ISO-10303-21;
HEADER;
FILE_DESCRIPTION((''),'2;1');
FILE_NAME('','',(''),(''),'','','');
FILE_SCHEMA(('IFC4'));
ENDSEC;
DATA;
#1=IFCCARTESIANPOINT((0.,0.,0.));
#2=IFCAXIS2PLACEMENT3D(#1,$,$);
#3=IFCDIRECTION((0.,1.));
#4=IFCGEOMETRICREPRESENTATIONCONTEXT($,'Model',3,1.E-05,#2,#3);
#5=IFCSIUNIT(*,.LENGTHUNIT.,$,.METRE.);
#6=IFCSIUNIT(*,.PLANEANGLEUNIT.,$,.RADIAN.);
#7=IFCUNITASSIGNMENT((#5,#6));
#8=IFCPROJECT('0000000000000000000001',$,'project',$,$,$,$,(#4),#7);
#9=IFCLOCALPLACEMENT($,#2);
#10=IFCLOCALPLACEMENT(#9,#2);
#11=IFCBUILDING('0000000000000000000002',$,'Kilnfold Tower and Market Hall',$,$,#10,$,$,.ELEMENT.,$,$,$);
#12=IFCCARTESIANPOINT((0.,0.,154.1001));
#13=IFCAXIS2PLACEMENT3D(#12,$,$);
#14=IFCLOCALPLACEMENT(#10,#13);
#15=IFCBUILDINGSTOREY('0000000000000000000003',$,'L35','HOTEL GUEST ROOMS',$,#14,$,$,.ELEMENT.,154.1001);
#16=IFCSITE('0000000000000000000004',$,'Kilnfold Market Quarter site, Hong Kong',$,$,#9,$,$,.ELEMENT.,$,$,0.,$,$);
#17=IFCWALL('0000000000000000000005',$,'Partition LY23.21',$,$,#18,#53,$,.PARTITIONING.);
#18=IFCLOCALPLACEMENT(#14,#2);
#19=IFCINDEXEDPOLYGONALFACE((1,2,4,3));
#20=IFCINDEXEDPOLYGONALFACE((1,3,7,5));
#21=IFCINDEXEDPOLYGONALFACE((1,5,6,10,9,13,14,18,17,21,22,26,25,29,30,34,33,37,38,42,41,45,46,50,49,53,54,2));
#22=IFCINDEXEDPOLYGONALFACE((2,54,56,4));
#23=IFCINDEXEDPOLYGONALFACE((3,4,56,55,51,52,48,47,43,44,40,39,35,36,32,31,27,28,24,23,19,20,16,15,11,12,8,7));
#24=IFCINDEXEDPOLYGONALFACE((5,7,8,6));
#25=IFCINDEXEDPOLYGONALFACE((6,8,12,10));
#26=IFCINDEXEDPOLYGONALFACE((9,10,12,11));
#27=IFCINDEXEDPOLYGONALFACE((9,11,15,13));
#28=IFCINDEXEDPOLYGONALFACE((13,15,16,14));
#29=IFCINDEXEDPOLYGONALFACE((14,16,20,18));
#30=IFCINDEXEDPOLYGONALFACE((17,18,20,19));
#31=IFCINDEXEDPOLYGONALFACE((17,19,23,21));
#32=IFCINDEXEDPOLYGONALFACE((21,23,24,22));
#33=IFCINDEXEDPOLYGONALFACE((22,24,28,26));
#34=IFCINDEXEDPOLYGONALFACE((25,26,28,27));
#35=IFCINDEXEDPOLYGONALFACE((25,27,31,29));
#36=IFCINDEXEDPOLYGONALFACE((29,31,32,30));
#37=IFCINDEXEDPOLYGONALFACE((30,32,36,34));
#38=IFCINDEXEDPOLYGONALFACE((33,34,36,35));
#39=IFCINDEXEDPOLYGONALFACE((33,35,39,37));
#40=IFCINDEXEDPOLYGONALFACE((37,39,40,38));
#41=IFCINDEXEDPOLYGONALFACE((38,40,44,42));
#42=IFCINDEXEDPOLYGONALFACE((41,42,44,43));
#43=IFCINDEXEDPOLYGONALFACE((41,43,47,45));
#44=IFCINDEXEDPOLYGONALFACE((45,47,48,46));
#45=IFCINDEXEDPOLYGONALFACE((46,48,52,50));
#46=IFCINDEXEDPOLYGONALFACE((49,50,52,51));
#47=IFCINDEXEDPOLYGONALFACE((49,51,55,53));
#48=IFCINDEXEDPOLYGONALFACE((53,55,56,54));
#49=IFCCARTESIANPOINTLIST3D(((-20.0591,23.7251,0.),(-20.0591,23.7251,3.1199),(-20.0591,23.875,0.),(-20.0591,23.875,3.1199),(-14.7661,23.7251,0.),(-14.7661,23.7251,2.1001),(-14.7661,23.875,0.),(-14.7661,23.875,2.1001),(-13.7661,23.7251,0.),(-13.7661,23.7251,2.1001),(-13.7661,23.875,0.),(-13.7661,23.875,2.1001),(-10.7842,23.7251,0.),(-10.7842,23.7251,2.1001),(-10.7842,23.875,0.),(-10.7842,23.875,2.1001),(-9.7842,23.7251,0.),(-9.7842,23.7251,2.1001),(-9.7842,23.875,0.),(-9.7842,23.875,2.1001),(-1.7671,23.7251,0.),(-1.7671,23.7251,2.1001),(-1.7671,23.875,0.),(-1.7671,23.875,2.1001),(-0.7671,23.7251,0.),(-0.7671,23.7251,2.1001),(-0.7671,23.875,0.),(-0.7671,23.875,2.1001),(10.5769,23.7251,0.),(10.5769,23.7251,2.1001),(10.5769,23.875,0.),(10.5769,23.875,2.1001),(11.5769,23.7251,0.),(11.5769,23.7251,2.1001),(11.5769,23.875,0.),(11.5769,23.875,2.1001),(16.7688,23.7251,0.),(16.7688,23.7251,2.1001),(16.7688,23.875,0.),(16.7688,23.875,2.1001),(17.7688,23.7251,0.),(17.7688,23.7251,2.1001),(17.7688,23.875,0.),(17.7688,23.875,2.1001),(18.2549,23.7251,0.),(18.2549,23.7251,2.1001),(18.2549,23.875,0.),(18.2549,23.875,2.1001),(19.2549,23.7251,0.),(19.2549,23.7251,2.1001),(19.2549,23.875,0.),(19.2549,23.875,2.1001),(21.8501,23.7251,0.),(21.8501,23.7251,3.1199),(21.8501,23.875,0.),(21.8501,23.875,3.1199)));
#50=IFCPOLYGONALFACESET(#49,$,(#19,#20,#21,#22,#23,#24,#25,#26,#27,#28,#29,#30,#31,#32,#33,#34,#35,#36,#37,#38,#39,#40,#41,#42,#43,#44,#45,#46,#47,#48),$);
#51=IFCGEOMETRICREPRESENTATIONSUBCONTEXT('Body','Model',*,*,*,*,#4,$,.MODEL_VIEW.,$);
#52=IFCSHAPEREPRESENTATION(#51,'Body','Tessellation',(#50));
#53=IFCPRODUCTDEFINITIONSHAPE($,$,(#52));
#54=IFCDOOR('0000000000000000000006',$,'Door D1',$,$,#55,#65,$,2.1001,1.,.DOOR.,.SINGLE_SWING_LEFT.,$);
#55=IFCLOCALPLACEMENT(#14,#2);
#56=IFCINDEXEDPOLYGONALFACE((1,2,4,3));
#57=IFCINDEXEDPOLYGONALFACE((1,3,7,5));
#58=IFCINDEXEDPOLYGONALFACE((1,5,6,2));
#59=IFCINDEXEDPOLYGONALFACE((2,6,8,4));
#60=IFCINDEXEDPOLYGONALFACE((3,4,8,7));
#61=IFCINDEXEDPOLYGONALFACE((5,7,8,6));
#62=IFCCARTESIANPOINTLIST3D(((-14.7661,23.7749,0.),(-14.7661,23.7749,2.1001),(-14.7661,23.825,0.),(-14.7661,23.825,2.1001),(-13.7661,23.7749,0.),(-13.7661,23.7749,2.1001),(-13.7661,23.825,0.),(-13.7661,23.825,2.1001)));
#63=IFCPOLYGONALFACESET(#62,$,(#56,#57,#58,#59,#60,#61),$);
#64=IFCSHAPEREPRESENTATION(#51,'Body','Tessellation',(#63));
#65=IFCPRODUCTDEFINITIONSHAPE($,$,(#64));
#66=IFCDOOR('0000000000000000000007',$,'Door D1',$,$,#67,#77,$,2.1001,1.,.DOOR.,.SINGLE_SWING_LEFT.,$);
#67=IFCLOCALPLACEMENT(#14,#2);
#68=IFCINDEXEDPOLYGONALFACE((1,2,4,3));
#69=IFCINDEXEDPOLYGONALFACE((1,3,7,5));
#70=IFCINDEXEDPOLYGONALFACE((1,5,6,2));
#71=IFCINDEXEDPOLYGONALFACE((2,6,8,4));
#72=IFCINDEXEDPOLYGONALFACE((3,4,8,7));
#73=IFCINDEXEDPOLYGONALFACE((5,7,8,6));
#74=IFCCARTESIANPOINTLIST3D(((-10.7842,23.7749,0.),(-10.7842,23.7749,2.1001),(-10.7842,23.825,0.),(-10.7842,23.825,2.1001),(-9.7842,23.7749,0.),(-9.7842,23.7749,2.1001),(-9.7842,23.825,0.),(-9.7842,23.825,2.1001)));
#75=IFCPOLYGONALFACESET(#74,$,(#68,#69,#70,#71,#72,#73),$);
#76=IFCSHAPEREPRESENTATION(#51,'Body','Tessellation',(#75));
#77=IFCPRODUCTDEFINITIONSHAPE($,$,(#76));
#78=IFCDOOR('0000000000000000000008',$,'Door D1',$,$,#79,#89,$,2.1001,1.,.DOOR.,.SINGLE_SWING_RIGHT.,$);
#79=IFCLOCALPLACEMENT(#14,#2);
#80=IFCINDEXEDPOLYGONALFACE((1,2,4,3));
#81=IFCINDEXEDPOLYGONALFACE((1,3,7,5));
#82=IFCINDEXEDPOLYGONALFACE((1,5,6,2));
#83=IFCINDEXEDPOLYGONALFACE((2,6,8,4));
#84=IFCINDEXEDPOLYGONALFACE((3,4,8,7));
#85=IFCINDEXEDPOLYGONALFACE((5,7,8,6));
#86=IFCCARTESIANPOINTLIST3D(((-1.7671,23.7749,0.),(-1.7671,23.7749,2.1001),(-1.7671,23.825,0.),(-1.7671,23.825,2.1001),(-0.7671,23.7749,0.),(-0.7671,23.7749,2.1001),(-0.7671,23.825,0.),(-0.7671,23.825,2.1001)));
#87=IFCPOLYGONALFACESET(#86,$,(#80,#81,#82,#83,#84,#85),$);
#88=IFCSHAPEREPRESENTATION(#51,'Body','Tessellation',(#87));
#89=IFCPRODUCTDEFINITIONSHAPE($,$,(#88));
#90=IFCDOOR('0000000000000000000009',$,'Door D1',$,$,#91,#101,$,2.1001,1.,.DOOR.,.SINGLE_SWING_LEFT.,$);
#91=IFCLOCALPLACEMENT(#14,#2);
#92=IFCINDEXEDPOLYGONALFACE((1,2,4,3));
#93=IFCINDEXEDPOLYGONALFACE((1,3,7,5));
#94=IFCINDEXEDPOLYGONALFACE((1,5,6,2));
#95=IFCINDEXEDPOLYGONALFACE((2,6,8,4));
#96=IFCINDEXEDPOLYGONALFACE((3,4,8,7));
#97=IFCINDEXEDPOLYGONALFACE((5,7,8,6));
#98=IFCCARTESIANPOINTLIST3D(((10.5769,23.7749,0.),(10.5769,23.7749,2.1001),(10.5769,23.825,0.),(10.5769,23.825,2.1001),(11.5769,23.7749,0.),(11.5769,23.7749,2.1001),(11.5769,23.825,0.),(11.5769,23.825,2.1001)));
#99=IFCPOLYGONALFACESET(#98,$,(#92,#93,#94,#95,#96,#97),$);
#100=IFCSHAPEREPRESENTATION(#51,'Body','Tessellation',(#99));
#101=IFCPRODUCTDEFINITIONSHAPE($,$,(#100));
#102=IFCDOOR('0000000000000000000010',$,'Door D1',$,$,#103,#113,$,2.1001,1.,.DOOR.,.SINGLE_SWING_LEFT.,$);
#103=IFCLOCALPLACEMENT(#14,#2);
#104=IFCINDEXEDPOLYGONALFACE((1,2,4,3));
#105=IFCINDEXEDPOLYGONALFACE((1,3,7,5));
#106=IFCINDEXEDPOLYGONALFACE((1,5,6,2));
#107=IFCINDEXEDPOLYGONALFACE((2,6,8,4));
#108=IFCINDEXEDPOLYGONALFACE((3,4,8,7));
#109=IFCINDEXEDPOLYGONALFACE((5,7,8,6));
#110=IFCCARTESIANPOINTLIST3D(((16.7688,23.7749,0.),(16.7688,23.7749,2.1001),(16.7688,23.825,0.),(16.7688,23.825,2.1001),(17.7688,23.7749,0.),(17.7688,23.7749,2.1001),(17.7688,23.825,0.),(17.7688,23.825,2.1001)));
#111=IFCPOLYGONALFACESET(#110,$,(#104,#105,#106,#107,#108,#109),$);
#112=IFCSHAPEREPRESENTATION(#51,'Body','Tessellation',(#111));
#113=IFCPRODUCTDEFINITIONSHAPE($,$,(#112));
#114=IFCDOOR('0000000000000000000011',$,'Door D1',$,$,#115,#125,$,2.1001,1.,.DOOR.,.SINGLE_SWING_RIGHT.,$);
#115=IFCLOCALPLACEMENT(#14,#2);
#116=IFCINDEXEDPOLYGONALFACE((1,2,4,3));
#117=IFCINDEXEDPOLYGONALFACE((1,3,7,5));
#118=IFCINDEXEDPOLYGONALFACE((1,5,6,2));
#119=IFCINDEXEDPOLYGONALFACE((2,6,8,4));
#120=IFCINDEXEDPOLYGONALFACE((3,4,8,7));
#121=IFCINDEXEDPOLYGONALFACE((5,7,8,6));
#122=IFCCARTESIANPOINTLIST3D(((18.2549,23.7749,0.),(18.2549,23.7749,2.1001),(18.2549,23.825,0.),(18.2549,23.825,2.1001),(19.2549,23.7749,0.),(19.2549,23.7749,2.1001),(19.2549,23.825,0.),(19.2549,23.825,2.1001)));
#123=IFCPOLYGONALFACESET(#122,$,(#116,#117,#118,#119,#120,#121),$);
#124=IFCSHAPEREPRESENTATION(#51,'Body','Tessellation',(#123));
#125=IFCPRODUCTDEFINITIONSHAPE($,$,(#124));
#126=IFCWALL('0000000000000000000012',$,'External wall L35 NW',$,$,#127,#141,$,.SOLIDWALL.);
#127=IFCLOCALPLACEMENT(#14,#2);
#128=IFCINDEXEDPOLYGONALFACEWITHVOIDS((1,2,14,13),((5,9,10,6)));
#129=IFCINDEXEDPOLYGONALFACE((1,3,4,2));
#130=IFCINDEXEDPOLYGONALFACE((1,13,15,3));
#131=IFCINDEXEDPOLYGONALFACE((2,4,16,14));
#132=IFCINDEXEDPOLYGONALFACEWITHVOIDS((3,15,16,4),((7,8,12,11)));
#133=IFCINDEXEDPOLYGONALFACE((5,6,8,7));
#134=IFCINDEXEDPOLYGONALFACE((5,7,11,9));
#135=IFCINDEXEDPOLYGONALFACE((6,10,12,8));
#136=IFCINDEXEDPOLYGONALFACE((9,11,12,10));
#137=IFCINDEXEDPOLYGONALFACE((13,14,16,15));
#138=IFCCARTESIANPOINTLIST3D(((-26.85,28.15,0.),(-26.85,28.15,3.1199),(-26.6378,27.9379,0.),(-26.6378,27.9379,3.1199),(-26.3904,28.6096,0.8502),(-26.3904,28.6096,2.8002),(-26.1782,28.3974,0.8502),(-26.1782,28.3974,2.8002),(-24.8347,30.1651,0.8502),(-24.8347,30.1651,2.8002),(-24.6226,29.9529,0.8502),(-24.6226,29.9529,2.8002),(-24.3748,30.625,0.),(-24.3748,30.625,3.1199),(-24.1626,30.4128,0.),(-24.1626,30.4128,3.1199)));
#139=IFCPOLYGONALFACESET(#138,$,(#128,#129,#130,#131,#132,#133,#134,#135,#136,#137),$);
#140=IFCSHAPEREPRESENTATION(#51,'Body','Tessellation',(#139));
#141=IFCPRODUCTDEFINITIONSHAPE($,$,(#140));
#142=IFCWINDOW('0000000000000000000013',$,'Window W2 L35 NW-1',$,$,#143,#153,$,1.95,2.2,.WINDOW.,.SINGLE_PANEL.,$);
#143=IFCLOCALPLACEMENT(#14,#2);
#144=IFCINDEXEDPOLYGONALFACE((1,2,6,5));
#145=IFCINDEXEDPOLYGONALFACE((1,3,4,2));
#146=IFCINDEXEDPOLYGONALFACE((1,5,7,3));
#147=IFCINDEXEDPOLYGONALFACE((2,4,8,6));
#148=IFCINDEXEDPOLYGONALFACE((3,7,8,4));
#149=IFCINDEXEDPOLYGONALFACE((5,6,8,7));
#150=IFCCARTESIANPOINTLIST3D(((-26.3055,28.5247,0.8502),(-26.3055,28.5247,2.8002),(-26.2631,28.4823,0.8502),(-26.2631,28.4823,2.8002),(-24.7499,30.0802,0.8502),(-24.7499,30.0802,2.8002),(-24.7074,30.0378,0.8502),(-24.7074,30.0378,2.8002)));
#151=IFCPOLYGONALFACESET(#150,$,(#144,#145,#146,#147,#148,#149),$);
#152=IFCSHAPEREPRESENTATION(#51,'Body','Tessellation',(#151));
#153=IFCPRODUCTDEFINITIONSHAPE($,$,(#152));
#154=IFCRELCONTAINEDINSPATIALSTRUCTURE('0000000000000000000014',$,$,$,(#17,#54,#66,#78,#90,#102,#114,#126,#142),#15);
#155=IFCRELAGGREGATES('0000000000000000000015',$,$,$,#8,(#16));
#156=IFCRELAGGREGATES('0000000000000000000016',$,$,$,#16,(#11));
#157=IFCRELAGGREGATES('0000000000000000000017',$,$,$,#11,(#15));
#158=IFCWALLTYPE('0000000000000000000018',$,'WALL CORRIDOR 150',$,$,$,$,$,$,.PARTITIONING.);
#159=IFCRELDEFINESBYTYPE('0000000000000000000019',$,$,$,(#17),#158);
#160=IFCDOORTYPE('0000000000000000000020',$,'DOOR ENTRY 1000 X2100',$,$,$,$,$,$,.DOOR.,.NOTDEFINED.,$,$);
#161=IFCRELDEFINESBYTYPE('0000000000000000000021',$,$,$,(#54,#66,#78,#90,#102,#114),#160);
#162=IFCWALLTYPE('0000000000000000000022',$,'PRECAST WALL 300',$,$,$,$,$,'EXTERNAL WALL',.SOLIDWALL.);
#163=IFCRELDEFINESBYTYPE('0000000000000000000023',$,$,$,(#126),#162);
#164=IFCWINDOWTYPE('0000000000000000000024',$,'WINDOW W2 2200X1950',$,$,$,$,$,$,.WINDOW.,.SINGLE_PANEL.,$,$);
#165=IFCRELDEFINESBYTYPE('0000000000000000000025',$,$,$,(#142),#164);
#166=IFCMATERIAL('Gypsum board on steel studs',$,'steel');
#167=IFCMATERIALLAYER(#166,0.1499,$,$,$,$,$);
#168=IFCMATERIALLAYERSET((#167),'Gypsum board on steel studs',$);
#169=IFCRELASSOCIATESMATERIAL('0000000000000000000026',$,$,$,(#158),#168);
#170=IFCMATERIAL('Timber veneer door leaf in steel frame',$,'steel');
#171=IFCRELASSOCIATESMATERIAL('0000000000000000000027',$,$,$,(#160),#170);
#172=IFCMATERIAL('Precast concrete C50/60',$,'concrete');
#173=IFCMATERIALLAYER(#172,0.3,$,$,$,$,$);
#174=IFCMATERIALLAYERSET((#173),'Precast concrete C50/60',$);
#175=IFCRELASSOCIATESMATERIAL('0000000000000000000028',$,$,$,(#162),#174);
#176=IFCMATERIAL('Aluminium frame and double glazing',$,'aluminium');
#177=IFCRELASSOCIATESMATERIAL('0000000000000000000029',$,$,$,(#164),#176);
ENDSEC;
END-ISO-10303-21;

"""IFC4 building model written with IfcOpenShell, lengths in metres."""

from ifc_helpers import new_model, si_unit, direction, frame, frame_2d, origin, place, context, subcontext, project, spatial, rectangle, extrude, source, transform, mapped, material, layer, layer_set, type_object, element, fill, save


model = new_model("IFC4")

# Units and contexts
model_context = context("Model", 3, precision=1e-05, world=origin(), true_north=direction((0.0, 1.0)))
body_context = subcontext(model_context, "Body", "Model", "MODEL_VIEW")
ifc_project = project(units=[si_unit("LENGTHUNIT", "METRE"), si_unit("PLANEANGLEUNIT", "RADIAN")], contexts=[model_context])

# Site, building, storey
site_placement = place(None, origin())
site = spatial("IfcSite", under=ifc_project, at=site_placement, Name="Kilnfold Market Quarter site, Hong Kong", CompositionType="ELEMENT", RefElevation=0.0)
building_placement = place(site_placement, origin())
building = spatial("IfcBuilding", under=site, at=building_placement, Name="Kilnfold Tower and Market Hall", CompositionType="ELEMENT")
storey_placement = place(building_placement, frame((0.0, 0.0, 154.1001)))
storey = spatial("IfcBuildingStorey", under=building, at=storey_placement, Name="L35", Description="HOTEL GUEST ROOMS", CompositionType="ELEMENT", Elevation=154.1001)

# Wall, openings, doors
ifc_material_1 = material(Name="Gypsum board on steel studs", Category="steel")
ifc_layer_1 = layer(ifc_material_1, 0.1499)
ifc_layer_set_1 = layer_set([ifc_layer_1], Name="Gypsum board on steel studs")
wall_type_1 = type_object("IfcWallType", Name="WALL CORRIDOR 150", PredefinedType="PARTITIONING", material=ifc_layer_set_1)
wall_1_placement = place(storey_placement, frame((-20.0591, 23.8, 0.0), z_axis=(0.0, 0.0, 1.0), x_axis=(1.0, 0.0, 0.0)))
wall_1 = element("IfcWall", 1, at=wall_1_placement, inside=storey, type_object=wall_type_1, Name="Partition LY23.21", PredefinedType="PARTITIONING", context=body_context, shape_type="SweptSolid", body=[
    extrude(rectangle(XDim=41.9092, YDim=0.1499, at=frame_2d((20.9546, 0.0))), origin(), (0.0, 0.0, 1.0), 3.1199),
])
opening_1_placement = place(wall_1_placement, frame((5.293, 0.0, 0.0)))
opening_1 = element("IfcOpeningElement", 2, at=opening_1_placement, cuts=wall_1, PredefinedType="OPENING", context=body_context, shape_type="SweptSolid", body=[
    extrude(rectangle(XDim=1.0, YDim=2.1001, at=frame_2d((0.5, 1.05))), frame((0.0, 0.085, 0.0), z_axis=(0.0, -1.0, 0.0), x_axis=(1.0, 0.0, 0.0)), (0.0, 0.0, 1.0), 0.1699),
])
opening_2_placement = place(wall_1_placement, frame((9.2749, 0.0, 0.0)))
opening_2 = element("IfcOpeningElement", 3, at=opening_2_placement, cuts=wall_1, PredefinedType="OPENING", context=body_context, shape_type="SweptSolid", body=[
    extrude(rectangle(XDim=1.0, YDim=2.1001, at=frame_2d((0.5, 1.05))), frame((0.0, 0.085, 0.0), z_axis=(0.0, -1.0, 0.0), x_axis=(1.0, 0.0, 0.0)), (0.0, 0.0, 1.0), 0.1699),
])
opening_3_placement = place(wall_1_placement, frame((18.292, 0.0, 0.0)))
opening_3 = element("IfcOpeningElement", 4, at=opening_3_placement, cuts=wall_1, PredefinedType="OPENING", context=body_context, shape_type="SweptSolid", body=[
    extrude(rectangle(XDim=1.0, YDim=2.1001, at=frame_2d((0.5, 1.05))), frame((0.0, 0.085, 0.0), z_axis=(0.0, -1.0, 0.0), x_axis=(1.0, 0.0, 0.0)), (0.0, 0.0, 1.0), 0.1699),
])
opening_4_placement = place(wall_1_placement, frame((30.636, 0.0, 0.0)))
opening_4 = element("IfcOpeningElement", 5, at=opening_4_placement, cuts=wall_1, PredefinedType="OPENING", context=body_context, shape_type="SweptSolid", body=[
    extrude(rectangle(XDim=1.0, YDim=2.1001, at=frame_2d((0.5, 1.05))), frame((0.0, 0.085, 0.0), z_axis=(0.0, -1.0, 0.0), x_axis=(1.0, 0.0, 0.0)), (0.0, 0.0, 1.0), 0.1699),
])
opening_5_placement = place(wall_1_placement, frame((36.8279, 0.0, 0.0)))
opening_5 = element("IfcOpeningElement", 6, at=opening_5_placement, cuts=wall_1, PredefinedType="OPENING", context=body_context, shape_type="SweptSolid", body=[
    extrude(rectangle(XDim=1.0, YDim=2.1001, at=frame_2d((0.5, 1.05))), frame((0.0, 0.085, 0.0), z_axis=(0.0, -1.0, 0.0), x_axis=(1.0, 0.0, 0.0)), (0.0, 0.0, 1.0), 0.1699),
])
opening_6_placement = place(wall_1_placement, frame((38.314, 0.0, 0.0)))
opening_6 = element("IfcOpeningElement", 7, at=opening_6_placement, cuts=wall_1, PredefinedType="OPENING", context=body_context, shape_type="SweptSolid", body=[
    extrude(rectangle(XDim=1.0, YDim=2.1001, at=frame_2d((0.5, 1.05))), frame((0.0, 0.085, 0.0), z_axis=(0.0, -1.0, 0.0), x_axis=(1.0, 0.0, 0.0)), (0.0, 0.0, 1.0), 0.1699),
])
ifc_material_2 = material(Name="Timber veneer door leaf in steel frame", Category="steel")
door_type = type_object("IfcDoorType", Name="DOOR ENTRY 1000 X2100", OperationType="NOTDEFINED", PredefinedType="DOOR", material=ifc_material_2)
door_1_placement = place(opening_1_placement, origin())
door_1 = element("IfcDoor", 8, at=door_1_placement, inside=storey, type_object=door_type, Name="Door D1", OperationType="SINGLE_SWING_LEFT", OverallHeight=2.1001, OverallWidth=1.0, PredefinedType="DOOR", context=body_context, shape_type="SweptSolid", body=[
    extrude(rectangle(XDim=1.0, YDim=2.1001, at=frame_2d((0.5, 1.05))), frame((0.0, 0.0249, 0.0), z_axis=(0.0, -1.0, 0.0), x_axis=(1.0, 0.0, 0.0)), (0.0, 0.0, 1.0), 0.05),
])
fill(opening_1, door_1)
door_2_placement = place(opening_2_placement, origin())
door_2 = element("IfcDoor", 9, at=door_2_placement, inside=storey, type_object=door_type, Name="Door D1", OperationType="SINGLE_SWING_LEFT", OverallHeight=2.1001, OverallWidth=1.0, PredefinedType="DOOR", context=body_context, shape_type="SweptSolid", body=[
    extrude(rectangle(XDim=1.0, YDim=2.1001, at=frame_2d((0.5, 1.05))), frame((0.0, 0.0249, 0.0), z_axis=(0.0, -1.0, 0.0), x_axis=(1.0, 0.0, 0.0)), (0.0, 0.0, 1.0), 0.05),
])
fill(opening_2, door_2)
door_3_placement = place(opening_3_placement, origin())
door_3 = element("IfcDoor", 10, at=door_3_placement, inside=storey, type_object=door_type, Name="Door D1", OperationType="SINGLE_SWING_RIGHT", OverallHeight=2.1001, OverallWidth=1.0, PredefinedType="DOOR", context=body_context, shape_type="SweptSolid", body=[
    extrude(rectangle(XDim=1.0, YDim=2.1001, at=frame_2d((0.5, 1.05))), frame((0.0, 0.0249, 0.0), z_axis=(0.0, -1.0, 0.0), x_axis=(1.0, 0.0, 0.0)), (0.0, 0.0, 1.0), 0.05),
])
fill(opening_3, door_3)
door_4_placement = place(opening_4_placement, origin())
door_4 = element("IfcDoor", 11, at=door_4_placement, inside=storey, type_object=door_type, Name="Door D1", OperationType="SINGLE_SWING_LEFT", OverallHeight=2.1001, OverallWidth=1.0, PredefinedType="DOOR", context=body_context, shape_type="SweptSolid", body=[
    extrude(rectangle(XDim=1.0, YDim=2.1001, at=frame_2d((0.5, 1.05))), frame((0.0, 0.0249, 0.0), z_axis=(0.0, -1.0, 0.0), x_axis=(1.0, 0.0, 0.0)), (0.0, 0.0, 1.0), 0.05),
])
fill(opening_4, door_4)
door_5_placement = place(opening_5_placement, origin())
door_5 = element("IfcDoor", 12, at=door_5_placement, inside=storey, type_object=door_type, Name="Door D1", OperationType="SINGLE_SWING_LEFT", OverallHeight=2.1001, OverallWidth=1.0, PredefinedType="DOOR", context=body_context, shape_type="SweptSolid", body=[
    extrude(rectangle(XDim=1.0, YDim=2.1001, at=frame_2d((0.5, 1.05))), frame((0.0, 0.0249, 0.0), z_axis=(0.0, -1.0, 0.0), x_axis=(1.0, 0.0, 0.0)), (0.0, 0.0, 1.0), 0.05),
])
fill(opening_5, door_5)
door_6_placement = place(opening_6_placement, origin())
door_6 = element("IfcDoor", 13, at=door_6_placement, inside=storey, type_object=door_type, Name="Door D1", OperationType="SINGLE_SWING_RIGHT", OverallHeight=2.1001, OverallWidth=1.0, PredefinedType="DOOR", context=body_context, shape_type="SweptSolid", body=[
    extrude(rectangle(XDim=1.0, YDim=2.1001, at=frame_2d((0.5, 1.05))), frame((0.0, 0.0249, 0.0), z_axis=(0.0, -1.0, 0.0), x_axis=(1.0, 0.0, 0.0)), (0.0, 0.0, 1.0), 0.05),
])
fill(opening_6, door_6)

# Wall, opening, window
ifc_material_3 = material(Name="Precast concrete C50/60", Category="concrete")
ifc_layer_2 = layer(ifc_material_3, 0.3)
ifc_layer_set_2 = layer_set([ifc_layer_2], Name="Precast concrete C50/60")
wall_type_2 = type_object("IfcWallType", Name="PRECAST WALL 300", ElementType="EXTERNAL WALL", PredefinedType="SOLIDWALL", material=ifc_layer_set_2)
shared_shape_1 = source(origin(), body_context, "Body", "SweptSolid", [
    extrude(rectangle(XDim=3.5002, YDim=0.3, at=frame_2d((1.75, 0.0))), origin(), (0.0, 0.0, 1.0), 3.1199),
])
wall_2_placement = place(storey_placement, frame((-24.2688, 30.5188, 0.0), z_axis=(0.0, 0.0, 1.0), x_axis=(-0.707142, -0.707072, 0.0)))
wall_2 = element("IfcWall", 14, at=wall_2_placement, inside=storey, type_object=wall_type_2, Name="External wall L35 NW", PredefinedType="SOLIDWALL", context=body_context, shape_type="MappedRepresentation", body=[
    mapped(shared_shape_1, transform((0.0, 0.0, 0.0))),
])
opening_7_placement = place(wall_2_placement, frame((0.6501, 0.0, 0.8501)))
opening_7 = element("IfcOpeningElement", 15, at=opening_7_placement, cuts=wall_2, PredefinedType="OPENING", context=body_context, shape_type="SweptSolid", body=[
    extrude(rectangle(XDim=2.2, YDim=1.95, at=frame_2d((1.1001, 0.9751))), frame((0.0, 0.1602, 0.0), z_axis=(0.0, -1.0, 0.0), x_axis=(1.0, 0.0, 0.0)), (0.0, 0.0, 1.0), 0.3201),
])
ifc_material_4 = material(Name="Aluminium frame and double glazing", Category="aluminium")
window_type = type_object("IfcWindowType", Name="WINDOW W2 2200X1950", PartitioningType="SINGLE_PANEL", PredefinedType="WINDOW", material=ifc_material_4)
window_1_placement = place(opening_7_placement, origin())
window_1 = element("IfcWindow", 16, at=window_1_placement, inside=storey, type_object=window_type, Name="Window W2 L35 NW-1", OverallHeight=1.95, OverallWidth=2.2, PartitioningType="SINGLE_PANEL", PredefinedType="WINDOW", context=body_context, shape_type="SweptSolid", body=[
    extrude(rectangle(XDim=2.2, YDim=1.95, at=frame_2d((1.1001, 0.9751))), frame((0.0, 0.03, 0.0), z_axis=(0.0, -1.0, 0.0), x_axis=(1.0, 0.0, 0.0)), (0.0, 0.0, 1.0), 0.0601),
])
fill(opening_7, window_1)

save(model, "model.ifc")
